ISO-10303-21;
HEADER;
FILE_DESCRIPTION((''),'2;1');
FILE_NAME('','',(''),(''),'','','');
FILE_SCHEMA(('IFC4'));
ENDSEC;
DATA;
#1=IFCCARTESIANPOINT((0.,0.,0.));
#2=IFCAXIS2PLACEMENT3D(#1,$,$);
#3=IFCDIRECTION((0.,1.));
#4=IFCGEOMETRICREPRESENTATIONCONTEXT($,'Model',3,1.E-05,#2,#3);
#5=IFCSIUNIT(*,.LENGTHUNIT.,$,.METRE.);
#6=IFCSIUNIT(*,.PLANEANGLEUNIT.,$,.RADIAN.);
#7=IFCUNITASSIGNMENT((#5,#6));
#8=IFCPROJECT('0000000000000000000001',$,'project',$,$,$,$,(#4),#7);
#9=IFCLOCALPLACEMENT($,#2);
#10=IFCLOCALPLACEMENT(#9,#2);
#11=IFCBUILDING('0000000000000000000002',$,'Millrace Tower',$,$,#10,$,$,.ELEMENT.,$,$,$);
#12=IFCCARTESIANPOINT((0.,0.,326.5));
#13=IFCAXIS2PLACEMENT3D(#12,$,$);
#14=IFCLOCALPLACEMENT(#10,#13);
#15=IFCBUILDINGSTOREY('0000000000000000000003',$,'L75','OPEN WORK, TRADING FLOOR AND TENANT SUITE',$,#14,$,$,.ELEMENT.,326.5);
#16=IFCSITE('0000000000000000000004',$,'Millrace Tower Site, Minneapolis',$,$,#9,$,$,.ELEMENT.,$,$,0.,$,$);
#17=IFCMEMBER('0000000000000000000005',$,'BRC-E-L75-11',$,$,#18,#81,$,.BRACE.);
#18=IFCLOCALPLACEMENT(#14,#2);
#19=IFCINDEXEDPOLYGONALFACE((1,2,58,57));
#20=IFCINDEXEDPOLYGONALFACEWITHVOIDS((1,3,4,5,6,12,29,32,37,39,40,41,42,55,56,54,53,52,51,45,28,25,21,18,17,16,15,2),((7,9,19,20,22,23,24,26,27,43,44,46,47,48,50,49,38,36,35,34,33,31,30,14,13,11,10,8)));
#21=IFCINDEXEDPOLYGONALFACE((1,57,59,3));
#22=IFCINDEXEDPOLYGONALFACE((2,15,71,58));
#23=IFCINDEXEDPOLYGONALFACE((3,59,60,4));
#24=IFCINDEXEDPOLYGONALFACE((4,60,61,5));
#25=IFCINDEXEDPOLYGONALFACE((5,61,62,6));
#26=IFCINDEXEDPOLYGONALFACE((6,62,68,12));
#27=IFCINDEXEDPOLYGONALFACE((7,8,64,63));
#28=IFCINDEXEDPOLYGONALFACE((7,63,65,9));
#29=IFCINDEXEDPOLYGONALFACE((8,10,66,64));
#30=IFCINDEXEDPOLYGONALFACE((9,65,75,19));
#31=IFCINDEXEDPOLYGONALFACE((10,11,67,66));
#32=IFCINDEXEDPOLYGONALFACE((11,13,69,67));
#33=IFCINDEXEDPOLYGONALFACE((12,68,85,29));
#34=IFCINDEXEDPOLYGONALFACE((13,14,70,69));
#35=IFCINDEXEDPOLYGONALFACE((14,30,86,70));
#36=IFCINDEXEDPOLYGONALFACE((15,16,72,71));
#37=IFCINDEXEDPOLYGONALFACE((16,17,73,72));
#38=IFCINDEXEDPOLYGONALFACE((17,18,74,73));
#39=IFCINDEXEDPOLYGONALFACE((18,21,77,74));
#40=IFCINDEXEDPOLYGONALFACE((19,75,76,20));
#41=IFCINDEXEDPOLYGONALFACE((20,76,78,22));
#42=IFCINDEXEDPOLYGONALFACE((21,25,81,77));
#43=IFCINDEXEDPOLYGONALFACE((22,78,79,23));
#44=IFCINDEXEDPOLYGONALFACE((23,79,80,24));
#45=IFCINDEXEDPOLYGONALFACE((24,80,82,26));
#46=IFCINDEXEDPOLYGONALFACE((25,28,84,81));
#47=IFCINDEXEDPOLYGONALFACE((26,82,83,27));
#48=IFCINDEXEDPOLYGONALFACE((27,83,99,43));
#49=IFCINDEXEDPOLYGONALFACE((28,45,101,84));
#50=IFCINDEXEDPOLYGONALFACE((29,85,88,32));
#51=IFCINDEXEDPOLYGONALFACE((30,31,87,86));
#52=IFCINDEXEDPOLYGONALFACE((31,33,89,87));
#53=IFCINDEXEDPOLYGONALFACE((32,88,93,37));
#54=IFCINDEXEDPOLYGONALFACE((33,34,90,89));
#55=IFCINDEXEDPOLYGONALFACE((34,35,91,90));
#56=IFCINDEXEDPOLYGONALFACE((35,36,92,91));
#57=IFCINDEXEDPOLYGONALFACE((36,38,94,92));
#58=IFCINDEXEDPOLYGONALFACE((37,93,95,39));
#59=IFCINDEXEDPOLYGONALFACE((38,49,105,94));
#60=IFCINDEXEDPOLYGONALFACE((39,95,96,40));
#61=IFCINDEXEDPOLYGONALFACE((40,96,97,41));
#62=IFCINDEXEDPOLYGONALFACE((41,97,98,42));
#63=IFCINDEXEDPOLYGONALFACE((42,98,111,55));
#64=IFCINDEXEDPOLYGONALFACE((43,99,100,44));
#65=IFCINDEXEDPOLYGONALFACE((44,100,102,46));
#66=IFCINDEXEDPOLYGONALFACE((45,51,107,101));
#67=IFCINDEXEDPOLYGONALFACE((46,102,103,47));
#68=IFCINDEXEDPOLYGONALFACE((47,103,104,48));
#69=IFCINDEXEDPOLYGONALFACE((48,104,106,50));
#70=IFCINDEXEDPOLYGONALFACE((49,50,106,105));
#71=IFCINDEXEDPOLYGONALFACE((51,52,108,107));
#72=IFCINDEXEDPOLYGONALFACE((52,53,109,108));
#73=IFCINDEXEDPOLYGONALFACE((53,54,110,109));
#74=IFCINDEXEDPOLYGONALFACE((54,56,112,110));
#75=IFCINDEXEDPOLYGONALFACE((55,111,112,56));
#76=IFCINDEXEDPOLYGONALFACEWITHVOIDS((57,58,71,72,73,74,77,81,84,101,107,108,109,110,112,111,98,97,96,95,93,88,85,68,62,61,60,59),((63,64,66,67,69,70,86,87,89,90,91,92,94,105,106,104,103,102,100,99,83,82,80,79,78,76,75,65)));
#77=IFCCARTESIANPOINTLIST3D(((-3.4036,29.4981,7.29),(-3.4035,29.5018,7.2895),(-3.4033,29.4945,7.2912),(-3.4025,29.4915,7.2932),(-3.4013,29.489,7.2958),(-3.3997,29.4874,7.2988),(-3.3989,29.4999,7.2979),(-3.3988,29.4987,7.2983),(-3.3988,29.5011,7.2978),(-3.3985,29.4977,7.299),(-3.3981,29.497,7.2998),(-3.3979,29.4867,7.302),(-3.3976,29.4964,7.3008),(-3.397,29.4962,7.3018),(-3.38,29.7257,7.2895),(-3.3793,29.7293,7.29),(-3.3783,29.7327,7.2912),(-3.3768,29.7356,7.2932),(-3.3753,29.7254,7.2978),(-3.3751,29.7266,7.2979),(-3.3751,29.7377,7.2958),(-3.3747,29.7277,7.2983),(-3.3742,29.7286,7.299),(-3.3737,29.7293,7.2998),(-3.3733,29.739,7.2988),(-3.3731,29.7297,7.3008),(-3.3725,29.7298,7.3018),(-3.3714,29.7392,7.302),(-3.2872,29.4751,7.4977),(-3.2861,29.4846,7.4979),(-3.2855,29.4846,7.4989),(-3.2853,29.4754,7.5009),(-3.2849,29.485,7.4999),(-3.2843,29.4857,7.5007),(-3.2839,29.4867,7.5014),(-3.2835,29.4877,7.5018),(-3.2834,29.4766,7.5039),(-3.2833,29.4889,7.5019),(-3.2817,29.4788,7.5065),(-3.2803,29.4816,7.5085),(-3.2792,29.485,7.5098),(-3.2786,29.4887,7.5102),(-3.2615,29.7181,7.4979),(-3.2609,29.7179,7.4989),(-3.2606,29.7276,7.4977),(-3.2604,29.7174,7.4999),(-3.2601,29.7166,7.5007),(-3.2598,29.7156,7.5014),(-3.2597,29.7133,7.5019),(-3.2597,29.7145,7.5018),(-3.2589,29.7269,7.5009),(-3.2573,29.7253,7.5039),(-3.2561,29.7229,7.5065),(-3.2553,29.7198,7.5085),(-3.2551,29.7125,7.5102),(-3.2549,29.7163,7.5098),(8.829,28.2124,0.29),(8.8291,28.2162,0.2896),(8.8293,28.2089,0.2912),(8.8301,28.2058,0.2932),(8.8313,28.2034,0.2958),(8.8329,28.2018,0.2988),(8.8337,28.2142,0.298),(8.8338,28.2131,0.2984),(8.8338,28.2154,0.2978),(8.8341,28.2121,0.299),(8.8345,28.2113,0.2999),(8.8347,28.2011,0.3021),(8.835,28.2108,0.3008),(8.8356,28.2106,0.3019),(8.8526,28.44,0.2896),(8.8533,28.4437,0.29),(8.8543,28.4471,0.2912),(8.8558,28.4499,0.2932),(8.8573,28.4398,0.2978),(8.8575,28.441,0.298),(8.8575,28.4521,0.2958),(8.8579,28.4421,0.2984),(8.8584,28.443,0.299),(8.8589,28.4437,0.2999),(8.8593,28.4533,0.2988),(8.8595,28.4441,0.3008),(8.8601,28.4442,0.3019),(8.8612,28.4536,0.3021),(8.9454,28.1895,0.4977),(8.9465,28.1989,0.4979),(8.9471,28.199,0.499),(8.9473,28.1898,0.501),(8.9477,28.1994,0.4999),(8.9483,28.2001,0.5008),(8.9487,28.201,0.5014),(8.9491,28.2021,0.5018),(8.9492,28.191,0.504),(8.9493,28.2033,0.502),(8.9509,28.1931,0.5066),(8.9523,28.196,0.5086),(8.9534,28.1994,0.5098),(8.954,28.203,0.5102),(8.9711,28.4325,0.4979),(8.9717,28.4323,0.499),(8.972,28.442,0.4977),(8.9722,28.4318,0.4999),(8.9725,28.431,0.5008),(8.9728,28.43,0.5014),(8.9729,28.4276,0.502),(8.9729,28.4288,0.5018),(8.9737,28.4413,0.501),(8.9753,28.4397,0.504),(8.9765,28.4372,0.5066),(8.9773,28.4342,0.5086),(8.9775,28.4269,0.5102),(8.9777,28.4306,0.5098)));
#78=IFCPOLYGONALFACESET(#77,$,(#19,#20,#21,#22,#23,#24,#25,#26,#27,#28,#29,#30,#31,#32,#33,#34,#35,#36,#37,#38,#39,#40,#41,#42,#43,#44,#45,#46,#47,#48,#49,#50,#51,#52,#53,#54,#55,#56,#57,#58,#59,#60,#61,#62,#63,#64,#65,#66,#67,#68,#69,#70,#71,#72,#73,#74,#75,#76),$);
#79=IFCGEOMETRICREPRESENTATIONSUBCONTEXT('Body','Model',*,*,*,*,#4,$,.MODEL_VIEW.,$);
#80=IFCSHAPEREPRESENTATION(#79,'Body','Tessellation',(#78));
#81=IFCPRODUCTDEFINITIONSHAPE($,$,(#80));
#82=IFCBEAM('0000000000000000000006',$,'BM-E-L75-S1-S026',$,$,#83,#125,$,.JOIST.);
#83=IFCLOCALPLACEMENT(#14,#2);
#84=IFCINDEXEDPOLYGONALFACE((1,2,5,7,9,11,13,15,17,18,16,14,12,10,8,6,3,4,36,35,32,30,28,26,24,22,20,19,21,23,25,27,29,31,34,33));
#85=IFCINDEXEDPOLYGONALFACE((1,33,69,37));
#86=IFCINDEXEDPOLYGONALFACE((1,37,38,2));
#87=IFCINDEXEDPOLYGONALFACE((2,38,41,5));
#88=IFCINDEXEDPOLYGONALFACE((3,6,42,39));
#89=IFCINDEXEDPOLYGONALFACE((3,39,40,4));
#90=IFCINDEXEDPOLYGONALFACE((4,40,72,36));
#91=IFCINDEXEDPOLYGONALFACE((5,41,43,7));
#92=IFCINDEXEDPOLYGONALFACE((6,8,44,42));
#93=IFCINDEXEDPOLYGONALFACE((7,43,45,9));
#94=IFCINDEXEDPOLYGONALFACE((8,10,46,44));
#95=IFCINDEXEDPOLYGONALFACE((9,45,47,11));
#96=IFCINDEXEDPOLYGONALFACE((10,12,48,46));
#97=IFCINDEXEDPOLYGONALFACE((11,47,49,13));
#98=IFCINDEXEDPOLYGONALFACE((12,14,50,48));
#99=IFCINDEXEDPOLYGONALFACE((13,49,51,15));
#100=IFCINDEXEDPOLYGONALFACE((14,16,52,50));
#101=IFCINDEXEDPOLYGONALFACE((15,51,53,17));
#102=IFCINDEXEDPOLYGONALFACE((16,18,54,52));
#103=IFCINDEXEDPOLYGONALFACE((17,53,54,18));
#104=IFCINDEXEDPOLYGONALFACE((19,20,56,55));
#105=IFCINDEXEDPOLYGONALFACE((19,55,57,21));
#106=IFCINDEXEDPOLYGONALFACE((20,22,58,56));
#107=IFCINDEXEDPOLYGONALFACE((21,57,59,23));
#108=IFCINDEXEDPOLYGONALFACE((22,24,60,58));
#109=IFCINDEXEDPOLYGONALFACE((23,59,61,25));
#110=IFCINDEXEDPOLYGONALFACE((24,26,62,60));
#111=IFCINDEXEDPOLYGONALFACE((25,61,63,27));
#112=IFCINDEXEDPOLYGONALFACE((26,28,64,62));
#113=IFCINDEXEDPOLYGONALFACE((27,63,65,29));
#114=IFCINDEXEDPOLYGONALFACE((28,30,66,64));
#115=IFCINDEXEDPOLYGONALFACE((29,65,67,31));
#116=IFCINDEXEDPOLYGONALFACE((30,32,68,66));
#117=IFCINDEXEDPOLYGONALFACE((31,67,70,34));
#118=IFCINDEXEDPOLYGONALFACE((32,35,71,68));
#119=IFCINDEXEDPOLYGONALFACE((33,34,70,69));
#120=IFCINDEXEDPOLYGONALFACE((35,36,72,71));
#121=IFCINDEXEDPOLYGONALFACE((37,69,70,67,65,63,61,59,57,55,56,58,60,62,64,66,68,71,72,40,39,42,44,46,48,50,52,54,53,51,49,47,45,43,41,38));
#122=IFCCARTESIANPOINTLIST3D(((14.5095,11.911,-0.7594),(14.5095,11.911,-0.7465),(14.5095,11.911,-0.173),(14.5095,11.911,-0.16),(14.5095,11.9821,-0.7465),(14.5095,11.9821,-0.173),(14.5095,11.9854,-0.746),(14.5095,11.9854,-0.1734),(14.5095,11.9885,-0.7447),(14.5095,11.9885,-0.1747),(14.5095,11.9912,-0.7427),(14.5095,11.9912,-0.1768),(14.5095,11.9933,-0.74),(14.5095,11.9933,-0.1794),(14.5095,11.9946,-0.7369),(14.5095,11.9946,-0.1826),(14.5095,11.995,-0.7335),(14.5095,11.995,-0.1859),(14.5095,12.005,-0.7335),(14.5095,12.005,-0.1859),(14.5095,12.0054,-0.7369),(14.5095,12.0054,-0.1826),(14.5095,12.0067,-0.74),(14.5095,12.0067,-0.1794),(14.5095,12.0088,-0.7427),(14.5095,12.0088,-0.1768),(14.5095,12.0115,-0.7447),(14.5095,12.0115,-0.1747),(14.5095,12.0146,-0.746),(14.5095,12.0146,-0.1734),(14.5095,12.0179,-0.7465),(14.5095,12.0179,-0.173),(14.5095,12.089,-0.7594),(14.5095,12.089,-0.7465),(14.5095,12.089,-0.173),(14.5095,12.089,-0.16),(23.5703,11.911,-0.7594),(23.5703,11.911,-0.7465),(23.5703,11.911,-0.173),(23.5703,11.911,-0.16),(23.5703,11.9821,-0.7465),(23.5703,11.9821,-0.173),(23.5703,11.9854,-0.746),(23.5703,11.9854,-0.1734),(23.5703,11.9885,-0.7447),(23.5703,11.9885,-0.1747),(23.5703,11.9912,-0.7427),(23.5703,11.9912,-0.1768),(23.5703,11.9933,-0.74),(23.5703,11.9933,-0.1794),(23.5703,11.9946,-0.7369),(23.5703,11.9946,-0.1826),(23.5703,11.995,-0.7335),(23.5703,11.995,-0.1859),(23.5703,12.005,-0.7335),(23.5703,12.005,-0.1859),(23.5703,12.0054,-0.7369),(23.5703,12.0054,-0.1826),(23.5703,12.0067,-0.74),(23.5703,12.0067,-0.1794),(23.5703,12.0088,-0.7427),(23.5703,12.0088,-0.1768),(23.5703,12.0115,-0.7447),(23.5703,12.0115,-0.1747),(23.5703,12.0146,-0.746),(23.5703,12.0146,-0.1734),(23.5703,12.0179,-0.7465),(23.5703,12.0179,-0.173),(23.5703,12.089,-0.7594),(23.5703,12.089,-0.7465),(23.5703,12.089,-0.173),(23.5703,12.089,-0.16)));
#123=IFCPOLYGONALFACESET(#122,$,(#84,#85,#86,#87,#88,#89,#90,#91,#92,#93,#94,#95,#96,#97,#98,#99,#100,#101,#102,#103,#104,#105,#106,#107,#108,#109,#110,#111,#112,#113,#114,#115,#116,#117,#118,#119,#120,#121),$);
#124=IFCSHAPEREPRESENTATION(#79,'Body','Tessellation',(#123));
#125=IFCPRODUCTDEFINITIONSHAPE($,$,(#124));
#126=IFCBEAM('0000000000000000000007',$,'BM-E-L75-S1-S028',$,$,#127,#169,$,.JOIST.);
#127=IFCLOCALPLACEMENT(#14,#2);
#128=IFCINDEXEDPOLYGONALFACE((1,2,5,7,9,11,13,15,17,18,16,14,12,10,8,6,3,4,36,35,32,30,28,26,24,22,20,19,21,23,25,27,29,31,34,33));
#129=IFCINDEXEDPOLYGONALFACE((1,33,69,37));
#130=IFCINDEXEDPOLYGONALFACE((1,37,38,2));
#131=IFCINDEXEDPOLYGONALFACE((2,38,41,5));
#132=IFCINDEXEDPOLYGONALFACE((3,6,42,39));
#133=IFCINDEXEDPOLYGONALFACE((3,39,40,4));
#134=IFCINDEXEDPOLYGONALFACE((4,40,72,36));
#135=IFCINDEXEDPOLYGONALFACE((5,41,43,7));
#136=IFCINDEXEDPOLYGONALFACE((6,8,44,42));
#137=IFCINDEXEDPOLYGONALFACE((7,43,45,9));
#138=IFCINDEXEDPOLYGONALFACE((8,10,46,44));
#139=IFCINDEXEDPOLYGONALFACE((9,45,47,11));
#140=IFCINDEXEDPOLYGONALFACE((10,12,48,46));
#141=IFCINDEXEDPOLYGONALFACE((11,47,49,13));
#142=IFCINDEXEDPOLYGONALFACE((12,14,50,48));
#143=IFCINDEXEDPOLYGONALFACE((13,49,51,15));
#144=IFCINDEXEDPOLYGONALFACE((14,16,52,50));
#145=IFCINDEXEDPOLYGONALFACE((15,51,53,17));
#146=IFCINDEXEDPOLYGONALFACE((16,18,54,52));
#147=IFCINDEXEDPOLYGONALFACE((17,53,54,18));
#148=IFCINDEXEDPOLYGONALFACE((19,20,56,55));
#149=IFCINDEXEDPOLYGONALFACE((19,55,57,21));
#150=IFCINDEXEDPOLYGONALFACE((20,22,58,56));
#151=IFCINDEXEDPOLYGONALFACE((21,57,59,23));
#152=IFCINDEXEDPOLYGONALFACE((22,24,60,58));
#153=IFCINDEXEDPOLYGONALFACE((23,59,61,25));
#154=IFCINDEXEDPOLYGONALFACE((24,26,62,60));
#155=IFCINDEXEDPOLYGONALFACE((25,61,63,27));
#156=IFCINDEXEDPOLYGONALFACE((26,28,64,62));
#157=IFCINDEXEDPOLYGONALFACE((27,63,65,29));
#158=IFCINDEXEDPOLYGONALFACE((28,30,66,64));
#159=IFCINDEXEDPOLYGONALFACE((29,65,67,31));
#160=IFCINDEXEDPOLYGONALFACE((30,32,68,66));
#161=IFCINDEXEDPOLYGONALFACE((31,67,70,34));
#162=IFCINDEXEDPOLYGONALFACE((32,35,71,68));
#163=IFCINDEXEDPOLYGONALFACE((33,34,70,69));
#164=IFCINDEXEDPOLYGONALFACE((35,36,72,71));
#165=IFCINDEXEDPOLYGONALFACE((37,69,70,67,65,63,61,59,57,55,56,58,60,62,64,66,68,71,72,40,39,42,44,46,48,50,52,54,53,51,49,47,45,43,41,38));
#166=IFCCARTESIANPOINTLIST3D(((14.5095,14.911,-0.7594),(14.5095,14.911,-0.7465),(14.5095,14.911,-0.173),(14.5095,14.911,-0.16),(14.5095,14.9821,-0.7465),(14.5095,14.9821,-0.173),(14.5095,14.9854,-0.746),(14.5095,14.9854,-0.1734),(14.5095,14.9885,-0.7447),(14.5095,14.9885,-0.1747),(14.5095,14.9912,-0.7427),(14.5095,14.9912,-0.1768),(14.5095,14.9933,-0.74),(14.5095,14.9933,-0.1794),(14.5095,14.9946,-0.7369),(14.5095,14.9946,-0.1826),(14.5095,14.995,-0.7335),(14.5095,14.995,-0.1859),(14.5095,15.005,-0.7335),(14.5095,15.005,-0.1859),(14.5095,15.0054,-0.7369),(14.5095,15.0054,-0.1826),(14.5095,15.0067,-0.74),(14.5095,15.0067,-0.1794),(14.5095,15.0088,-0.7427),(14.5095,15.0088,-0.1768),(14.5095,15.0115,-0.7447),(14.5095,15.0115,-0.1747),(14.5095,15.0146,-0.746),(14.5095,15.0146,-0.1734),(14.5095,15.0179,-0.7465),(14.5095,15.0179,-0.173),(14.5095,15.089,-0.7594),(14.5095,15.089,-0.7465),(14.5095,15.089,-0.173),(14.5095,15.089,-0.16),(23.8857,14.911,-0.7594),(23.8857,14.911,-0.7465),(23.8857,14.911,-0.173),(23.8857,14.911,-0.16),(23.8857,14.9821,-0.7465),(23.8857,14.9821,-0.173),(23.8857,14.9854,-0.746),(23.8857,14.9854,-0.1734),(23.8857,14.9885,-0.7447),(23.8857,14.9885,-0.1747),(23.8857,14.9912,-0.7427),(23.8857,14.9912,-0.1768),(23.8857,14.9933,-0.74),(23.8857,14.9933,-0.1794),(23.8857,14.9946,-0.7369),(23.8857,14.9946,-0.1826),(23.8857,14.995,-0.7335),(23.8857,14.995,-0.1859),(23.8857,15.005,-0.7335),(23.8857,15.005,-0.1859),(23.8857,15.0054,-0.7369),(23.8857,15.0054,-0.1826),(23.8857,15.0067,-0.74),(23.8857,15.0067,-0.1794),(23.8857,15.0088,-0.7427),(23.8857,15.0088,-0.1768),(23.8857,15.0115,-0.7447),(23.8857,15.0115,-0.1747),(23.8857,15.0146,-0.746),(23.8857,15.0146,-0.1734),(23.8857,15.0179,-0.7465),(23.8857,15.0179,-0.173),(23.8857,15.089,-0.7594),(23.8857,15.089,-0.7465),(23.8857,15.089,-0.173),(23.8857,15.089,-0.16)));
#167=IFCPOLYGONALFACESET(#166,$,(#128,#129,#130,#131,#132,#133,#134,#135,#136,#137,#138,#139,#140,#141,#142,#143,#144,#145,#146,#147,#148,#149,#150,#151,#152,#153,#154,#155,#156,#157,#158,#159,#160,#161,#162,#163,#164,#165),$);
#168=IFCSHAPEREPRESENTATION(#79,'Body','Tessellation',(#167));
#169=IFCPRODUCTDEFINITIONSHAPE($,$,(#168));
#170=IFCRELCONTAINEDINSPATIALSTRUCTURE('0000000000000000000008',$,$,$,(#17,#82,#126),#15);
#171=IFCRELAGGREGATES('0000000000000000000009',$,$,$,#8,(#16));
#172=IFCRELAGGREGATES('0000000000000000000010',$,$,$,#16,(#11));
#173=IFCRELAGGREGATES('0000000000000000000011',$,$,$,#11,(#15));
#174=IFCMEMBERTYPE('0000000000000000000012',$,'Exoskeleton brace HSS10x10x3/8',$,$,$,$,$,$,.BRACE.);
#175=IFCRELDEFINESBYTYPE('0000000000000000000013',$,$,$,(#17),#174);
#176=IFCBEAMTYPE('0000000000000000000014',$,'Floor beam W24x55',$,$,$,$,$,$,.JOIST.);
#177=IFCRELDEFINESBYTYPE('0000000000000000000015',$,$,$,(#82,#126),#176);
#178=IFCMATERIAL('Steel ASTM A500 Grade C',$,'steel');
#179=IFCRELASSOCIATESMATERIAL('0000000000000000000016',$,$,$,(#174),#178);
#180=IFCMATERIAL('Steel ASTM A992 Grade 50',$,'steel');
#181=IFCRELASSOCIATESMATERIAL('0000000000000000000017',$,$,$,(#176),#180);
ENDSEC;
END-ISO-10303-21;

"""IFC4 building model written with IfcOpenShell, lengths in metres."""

from ifc_helpers import new_model, si_unit, direction, frame, origin, origin_2d, place, context, subcontext, project, spatial, hollow_rectangle, i_section, extrude, material, material_profile, profile_set, type_object, element, save


model = new_model("IFC4")

# Units and contexts
model_context = context("Model", 3, precision=1e-05, world=origin(), true_north=direction((0.0, 1.0)))
body_context = subcontext(model_context, "Body", "Model", "MODEL_VIEW")
ifc_project = project(units=[si_unit("LENGTHUNIT", "METRE"), si_unit("PLANEANGLEUNIT", "RADIAN")], contexts=[model_context])

# Site, building, storey
site_placement = place(None, origin())
site = spatial("IfcSite", under=ifc_project, at=site_placement, Name="Millrace Tower Site, Minneapolis", CompositionType="ELEMENT", RefElevation=0.0)
building_placement = place(site_placement, origin())
building = spatial("IfcBuilding", under=site, at=building_placement, Name="Millrace Tower", CompositionType="ELEMENT")
storey_placement = place(building_placement, frame((0.0, 0.0, 326.5)))
storey = spatial("IfcBuildingStorey", under=building, at=storey_placement, Name="L75", Description="OPEN WORK, TRADING FLOOR AND TENANT SUITE", CompositionType="ELEMENT", Elevation=326.5)

# Member
ifc_material_1 = material(Name="Steel ASTM A500 Grade C", Category="steel")
ifc_material_profile_1 = material_profile(ifc_material_1, hollow_rectangle(XDim=0.2539, YDim=0.2539, WallThickness=0.0095, InnerFilletRadius=0.0046, OuterFilletRadius=0.0144, at=origin_2d()))
ifc_profile_set_1 = profile_set([ifc_material_profile_1], Name="Steel ASTM A500 Grade C")
member_type_1 = type_object("IfcMemberType", Name="Exoskeleton brace HSS10x10x3/8", PredefinedType="BRACE", material=ifc_profile_set_1)
member_1_placement = place(storey_placement, frame((8.9033, 28.3215, 0.3999), z_axis=(-0.864352, 0.090843, 0.494615), x_axis=(-0.104524, -0.994522, 0.0)))
element("IfcMember", 1, at=member_1_placement, inside=storey, type_object=member_type_1, Name="BRC-E-L75-11", PredefinedType="BRACE", context=body_context, shape_type="SweptSolid", body=[
    extrude(hollow_rectangle(XDim=0.2539, YDim=0.2539, WallThickness=0.0095, InnerFilletRadius=0.0046, OuterFilletRadius=0.0144, at=origin_2d()), origin(), (0.0, 0.0, 1.0), 14.1523),
])

# Beams
ifc_material_2 = material(Name="Steel ASTM A992 Grade 50", Category="steel")
ifc_material_profile_2 = material_profile(ifc_material_2, i_section(OverallWidth=0.178, OverallDepth=0.5994, WebThickness=0.01, FlangeThickness=0.0129, FilletRadius=0.0129, at=origin_2d()))
ifc_profile_set_2 = profile_set([ifc_material_profile_2], Name="Steel ASTM A992 Grade 50")
beam_type_1 = type_object("IfcBeamType", Name="Floor beam W24x55", PredefinedType="JOIST", material=ifc_profile_set_2)
beam_1_placement = place(storey_placement, frame((14.5095, 12.0, -0.4597), z_axis=(1.0, 0.0, 0.0), x_axis=(0.0, 1.0, 0.0)))
element("IfcBeam", 2, at=beam_1_placement, inside=storey, type_object=beam_type_1, Name="BM-E-L75-S1-S026", PredefinedType="JOIST", context=body_context, shape_type="SweptSolid", body=[
    extrude(i_section(OverallWidth=0.178, OverallDepth=0.5994, WebThickness=0.01, FlangeThickness=0.0129, FilletRadius=0.0129, at=origin_2d()), origin(), (0.0, 0.0, 1.0), 9.0608),
])
beam_2_placement = place(storey_placement, frame((14.5095, 15.0, -0.4597), z_axis=(1.0, 0.0, 0.0), x_axis=(0.0, 1.0, 0.0)))
element("IfcBeam", 3, at=beam_2_placement, inside=storey, type_object=beam_type_1, Name="BM-E-L75-S1-S028", PredefinedType="JOIST", context=body_context, shape_type="SweptSolid", body=[
    extrude(i_section(OverallWidth=0.178, OverallDepth=0.5994, WebThickness=0.01, FlangeThickness=0.0129, FilletRadius=0.0129, at=origin_2d()), origin(), (0.0, 0.0, 1.0), 9.3762),
])

save(model, "model.ifc")
